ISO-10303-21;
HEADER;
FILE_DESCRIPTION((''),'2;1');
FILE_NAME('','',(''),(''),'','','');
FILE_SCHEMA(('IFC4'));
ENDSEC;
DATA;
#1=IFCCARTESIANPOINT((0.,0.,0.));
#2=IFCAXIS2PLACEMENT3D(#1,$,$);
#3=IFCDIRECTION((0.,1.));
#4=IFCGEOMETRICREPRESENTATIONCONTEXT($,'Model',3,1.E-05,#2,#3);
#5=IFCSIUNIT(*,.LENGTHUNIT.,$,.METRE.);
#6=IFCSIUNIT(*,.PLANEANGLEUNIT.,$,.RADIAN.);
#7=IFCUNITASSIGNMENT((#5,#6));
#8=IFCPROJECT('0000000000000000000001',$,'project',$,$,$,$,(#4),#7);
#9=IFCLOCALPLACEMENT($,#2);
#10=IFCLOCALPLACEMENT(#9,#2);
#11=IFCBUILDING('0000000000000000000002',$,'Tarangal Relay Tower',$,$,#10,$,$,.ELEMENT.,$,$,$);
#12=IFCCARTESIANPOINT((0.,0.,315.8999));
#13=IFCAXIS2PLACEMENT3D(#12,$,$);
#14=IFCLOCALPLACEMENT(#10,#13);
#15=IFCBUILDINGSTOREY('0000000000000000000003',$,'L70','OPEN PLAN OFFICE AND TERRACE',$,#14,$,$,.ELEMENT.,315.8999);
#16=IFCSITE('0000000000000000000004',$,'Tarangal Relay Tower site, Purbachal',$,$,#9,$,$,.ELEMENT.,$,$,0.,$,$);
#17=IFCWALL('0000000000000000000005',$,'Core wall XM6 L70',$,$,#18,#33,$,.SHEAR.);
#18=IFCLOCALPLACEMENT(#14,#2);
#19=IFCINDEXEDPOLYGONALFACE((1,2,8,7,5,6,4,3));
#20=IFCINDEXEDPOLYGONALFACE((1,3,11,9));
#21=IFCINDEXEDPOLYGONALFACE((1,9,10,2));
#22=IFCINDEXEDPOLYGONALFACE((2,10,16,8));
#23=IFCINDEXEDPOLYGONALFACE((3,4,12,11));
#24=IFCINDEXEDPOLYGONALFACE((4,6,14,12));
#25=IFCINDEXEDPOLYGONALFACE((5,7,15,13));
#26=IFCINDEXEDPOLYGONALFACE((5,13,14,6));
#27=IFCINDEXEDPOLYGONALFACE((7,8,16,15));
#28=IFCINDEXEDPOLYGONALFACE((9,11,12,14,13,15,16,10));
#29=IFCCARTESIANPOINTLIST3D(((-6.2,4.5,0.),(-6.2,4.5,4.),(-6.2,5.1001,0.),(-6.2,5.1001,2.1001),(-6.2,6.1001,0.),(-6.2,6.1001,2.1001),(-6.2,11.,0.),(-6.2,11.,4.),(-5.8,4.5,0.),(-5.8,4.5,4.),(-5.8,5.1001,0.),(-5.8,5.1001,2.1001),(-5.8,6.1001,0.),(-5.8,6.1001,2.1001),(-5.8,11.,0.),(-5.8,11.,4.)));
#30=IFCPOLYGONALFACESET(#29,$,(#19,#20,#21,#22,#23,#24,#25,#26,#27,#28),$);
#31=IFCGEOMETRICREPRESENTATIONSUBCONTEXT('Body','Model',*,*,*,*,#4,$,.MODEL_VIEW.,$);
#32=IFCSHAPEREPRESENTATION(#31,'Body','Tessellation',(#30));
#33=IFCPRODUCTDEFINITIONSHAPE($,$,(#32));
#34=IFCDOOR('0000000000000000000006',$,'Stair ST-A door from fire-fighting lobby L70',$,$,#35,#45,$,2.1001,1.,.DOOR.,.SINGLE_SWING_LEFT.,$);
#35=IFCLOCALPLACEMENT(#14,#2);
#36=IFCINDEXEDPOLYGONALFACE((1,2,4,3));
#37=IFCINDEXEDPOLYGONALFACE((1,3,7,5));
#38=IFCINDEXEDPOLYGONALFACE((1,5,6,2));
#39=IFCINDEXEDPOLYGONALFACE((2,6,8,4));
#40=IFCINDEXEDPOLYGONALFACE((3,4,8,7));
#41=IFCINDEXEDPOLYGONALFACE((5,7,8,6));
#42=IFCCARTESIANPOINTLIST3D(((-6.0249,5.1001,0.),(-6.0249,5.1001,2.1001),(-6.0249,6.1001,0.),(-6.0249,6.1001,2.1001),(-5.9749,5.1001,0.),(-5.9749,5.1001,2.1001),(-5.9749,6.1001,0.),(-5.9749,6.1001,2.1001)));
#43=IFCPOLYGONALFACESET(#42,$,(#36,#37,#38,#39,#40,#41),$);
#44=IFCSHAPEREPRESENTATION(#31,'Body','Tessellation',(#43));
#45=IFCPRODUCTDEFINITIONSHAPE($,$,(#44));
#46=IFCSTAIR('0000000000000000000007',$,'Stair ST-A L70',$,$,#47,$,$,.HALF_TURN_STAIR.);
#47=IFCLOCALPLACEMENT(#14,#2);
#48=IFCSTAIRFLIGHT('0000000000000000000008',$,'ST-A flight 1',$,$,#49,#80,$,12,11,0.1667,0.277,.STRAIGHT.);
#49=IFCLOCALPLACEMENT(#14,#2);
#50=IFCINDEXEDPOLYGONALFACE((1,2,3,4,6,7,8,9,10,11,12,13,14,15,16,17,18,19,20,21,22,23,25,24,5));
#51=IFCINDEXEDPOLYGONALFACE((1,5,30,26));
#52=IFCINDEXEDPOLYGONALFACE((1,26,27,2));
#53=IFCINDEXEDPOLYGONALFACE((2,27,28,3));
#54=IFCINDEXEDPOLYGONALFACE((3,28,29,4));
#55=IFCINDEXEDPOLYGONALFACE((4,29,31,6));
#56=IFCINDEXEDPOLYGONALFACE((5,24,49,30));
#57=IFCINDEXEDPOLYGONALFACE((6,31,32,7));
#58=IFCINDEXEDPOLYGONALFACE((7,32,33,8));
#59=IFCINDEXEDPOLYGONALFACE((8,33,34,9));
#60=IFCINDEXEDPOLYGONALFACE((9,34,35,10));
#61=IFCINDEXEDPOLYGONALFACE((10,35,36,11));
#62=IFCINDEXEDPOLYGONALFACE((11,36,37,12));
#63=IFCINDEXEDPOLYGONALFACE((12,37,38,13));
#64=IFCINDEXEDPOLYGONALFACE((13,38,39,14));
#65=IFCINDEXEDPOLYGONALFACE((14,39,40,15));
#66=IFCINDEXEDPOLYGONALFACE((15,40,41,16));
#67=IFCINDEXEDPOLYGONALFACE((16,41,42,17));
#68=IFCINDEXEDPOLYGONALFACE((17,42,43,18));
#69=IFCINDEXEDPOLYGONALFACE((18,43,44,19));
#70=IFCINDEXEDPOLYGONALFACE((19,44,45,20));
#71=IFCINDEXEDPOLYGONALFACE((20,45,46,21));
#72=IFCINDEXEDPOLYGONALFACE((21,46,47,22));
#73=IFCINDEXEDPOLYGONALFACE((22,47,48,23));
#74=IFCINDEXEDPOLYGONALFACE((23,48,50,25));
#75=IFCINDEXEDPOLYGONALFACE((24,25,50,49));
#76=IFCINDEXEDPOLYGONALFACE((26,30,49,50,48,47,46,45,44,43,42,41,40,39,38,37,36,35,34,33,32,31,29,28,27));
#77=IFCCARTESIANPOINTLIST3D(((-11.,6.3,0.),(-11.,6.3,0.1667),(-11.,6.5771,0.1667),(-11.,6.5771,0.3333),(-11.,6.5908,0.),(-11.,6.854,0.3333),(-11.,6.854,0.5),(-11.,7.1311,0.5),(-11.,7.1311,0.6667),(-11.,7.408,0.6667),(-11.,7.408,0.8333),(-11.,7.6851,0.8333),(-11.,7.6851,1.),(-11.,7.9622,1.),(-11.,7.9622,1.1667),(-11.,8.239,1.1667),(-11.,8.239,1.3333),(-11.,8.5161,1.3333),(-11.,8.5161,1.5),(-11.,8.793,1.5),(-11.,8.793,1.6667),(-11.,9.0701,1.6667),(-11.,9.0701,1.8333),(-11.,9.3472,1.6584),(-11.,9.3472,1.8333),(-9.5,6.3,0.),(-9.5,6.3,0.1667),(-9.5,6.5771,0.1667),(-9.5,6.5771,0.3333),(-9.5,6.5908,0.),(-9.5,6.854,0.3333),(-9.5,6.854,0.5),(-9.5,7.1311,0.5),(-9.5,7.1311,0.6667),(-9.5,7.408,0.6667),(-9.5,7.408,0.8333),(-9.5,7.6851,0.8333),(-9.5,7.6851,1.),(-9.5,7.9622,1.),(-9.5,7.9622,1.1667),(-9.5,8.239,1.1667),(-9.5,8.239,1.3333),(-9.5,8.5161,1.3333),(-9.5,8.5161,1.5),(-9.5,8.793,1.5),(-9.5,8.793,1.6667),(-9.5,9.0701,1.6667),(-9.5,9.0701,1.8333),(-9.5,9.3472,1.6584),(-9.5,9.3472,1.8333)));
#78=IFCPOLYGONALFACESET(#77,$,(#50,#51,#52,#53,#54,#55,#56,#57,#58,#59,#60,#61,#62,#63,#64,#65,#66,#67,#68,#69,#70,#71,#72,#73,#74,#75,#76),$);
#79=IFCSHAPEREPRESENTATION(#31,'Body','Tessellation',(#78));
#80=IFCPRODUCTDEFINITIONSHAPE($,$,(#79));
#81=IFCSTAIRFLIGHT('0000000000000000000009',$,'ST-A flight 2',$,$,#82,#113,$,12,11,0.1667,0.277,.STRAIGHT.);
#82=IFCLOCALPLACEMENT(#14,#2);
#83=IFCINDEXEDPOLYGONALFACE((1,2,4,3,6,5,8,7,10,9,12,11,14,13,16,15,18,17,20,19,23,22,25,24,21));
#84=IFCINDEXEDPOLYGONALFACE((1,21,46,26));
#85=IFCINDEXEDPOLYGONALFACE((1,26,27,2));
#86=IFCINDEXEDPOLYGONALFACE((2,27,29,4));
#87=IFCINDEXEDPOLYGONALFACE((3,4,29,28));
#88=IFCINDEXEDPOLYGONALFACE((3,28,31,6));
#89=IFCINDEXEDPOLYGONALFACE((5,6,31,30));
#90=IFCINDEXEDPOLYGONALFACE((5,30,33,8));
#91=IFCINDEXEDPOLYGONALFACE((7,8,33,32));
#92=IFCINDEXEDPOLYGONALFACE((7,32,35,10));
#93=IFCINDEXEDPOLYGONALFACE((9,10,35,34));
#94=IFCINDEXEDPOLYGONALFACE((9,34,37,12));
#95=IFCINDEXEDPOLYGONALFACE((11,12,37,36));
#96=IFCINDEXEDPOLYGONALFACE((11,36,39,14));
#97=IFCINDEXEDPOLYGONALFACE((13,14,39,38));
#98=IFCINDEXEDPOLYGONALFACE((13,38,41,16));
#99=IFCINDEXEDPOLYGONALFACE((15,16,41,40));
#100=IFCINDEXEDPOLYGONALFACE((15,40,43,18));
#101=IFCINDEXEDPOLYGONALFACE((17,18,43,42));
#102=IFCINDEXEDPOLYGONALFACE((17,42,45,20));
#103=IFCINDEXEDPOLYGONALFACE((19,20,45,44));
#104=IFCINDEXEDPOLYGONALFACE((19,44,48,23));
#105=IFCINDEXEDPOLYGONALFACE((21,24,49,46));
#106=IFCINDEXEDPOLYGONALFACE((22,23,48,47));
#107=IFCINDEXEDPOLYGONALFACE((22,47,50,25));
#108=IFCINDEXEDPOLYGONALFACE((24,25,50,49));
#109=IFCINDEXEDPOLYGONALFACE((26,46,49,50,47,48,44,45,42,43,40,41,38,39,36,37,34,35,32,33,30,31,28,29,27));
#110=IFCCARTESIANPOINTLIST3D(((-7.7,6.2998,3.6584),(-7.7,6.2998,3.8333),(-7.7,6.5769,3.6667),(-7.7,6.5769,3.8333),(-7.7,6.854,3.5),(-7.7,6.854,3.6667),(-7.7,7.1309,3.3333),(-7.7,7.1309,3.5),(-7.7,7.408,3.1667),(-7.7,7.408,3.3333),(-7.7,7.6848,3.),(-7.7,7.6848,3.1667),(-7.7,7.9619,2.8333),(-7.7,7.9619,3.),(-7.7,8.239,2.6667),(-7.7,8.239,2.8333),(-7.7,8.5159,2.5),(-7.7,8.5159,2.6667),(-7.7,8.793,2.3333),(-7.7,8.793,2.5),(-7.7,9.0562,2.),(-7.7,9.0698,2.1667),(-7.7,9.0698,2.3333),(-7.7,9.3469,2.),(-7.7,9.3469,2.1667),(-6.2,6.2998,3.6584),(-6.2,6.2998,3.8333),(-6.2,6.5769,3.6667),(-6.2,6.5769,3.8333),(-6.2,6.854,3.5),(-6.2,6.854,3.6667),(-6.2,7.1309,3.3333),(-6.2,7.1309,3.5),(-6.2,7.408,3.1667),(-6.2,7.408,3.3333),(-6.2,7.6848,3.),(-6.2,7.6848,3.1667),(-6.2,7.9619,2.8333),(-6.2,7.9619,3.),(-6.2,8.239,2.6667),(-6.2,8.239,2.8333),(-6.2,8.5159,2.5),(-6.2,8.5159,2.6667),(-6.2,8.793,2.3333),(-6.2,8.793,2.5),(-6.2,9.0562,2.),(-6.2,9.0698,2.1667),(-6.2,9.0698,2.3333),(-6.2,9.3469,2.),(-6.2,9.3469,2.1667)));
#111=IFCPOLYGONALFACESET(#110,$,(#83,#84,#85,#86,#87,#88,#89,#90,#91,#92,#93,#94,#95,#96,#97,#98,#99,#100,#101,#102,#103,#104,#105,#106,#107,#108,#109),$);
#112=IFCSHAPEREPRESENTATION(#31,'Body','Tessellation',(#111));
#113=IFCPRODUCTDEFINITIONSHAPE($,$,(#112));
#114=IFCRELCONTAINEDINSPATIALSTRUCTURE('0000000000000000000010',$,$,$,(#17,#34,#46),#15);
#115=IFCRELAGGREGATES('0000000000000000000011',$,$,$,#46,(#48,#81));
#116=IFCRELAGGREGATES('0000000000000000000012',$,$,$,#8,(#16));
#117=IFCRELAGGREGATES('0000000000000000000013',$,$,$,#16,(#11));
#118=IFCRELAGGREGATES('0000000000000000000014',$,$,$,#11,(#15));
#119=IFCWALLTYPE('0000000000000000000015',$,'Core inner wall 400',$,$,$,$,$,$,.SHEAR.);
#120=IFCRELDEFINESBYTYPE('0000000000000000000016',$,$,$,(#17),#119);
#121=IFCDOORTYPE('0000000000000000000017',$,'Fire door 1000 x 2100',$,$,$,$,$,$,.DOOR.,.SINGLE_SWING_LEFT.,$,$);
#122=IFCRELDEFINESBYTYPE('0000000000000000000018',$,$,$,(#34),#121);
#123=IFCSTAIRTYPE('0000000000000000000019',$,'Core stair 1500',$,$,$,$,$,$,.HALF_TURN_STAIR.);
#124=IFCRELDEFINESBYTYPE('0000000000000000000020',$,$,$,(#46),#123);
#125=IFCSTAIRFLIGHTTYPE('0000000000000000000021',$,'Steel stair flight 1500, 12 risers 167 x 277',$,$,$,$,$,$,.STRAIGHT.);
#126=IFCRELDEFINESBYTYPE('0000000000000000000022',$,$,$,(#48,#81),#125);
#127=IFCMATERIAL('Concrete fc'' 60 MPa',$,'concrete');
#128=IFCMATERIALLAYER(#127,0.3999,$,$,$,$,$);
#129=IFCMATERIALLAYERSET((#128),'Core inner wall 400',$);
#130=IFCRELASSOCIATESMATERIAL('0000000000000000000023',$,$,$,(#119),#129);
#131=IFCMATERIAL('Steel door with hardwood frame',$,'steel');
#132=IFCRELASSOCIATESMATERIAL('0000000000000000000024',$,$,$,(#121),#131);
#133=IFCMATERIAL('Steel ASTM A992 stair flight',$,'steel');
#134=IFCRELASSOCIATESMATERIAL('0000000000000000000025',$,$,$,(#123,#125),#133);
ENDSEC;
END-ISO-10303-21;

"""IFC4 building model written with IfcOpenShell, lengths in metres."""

from ifc_helpers import new_model, si_unit, direction, frame, frame_2d, origin, place, context, subcontext, project, spatial, polyline, rectangle, outline, extrude, material, layer, layer_set, type_object, element, fill, aggregate, save


model = new_model("IFC4")

# Units and contexts
model_context = context("Model", 3, precision=1e-05, world=origin(), true_north=direction((0.0, 1.0)))
body_context = subcontext(model_context, "Body", "Model", "MODEL_VIEW")
ifc_project = project(units=[si_unit("LENGTHUNIT", "METRE"), si_unit("PLANEANGLEUNIT", "RADIAN")], contexts=[model_context])

# Site, building, storey
site_placement = place(None, origin())
site = spatial("IfcSite", under=ifc_project, at=site_placement, Name="Tarangal Relay Tower site, Purbachal", CompositionType="ELEMENT", RefElevation=0.0)
building_placement = place(site_placement, origin())
building = spatial("IfcBuilding", under=site, at=building_placement, Name="Tarangal Relay Tower", CompositionType="ELEMENT")
storey_placement = place(building_placement, frame((0.0, 0.0, 315.8999)))
storey = spatial("IfcBuildingStorey", under=building, at=storey_placement, Name="L70", Description="OPEN PLAN OFFICE AND TERRACE", CompositionType="ELEMENT", Elevation=315.8999)

# Shared definitions
ifc_material_1 = material(Name="Concrete fc' 60 MPa", Category="concrete")
ifc_layer = layer(ifc_material_1, 0.3999)
ifc_layer_set = layer_set([ifc_layer], Name="Core inner wall 400")
wall_type = type_object("IfcWallType", Name="Core inner wall 400", PredefinedType="SHEAR", material=ifc_layer_set)
ifc_material_2 = material(Name="Steel door with hardwood frame", Category="steel")

# Wall, opening, door
wall_1_placement = place(storey_placement, frame((-6.0, 4.5, 0.0), z_axis=(0.0, 0.0, 1.0), x_axis=(0.0, 1.0, 0.0)))
wall_1 = element("IfcWall", 1, at=wall_1_placement, inside=storey, type_object=wall_type, Name="Core wall XM6 L70", PredefinedType="SHEAR", context=body_context, shape_type="SweptSolid", body=[
    extrude(rectangle(XDim=6.5, YDim=0.3999, at=frame_2d((3.25, 0.0))), origin(), (0.0, 0.0, 1.0), 4.0),
])
opening_1_placement = place(wall_1_placement, frame((0.6001, 0.0, 0.0)))
opening_1 = element("IfcOpeningElement", 2, at=opening_1_placement, cuts=wall_1, PredefinedType="OPENING", context=body_context, shape_type="SweptSolid", body=[
    extrude(rectangle(XDim=1.0, YDim=2.1001, at=frame_2d((0.5, 1.05))), frame((0.0, 0.21, 0.0), z_axis=(0.0, -1.0, 0.0), x_axis=(1.0, 0.0, 0.0)), (0.0, 0.0, 1.0), 0.4199),
])
door_type_1 = type_object("IfcDoorType", Name="Fire door 1000 x 2100", OperationType="SINGLE_SWING_LEFT", PredefinedType="DOOR", material=ifc_material_2)
door_1_placement = place(opening_1_placement, origin())
door_1 = element("IfcDoor", 3, at=door_1_placement, inside=storey, type_object=door_type_1, Name="Stair ST-A door from fire-fighting lobby L70", OperationType="SINGLE_SWING_LEFT", OverallHeight=2.1001, OverallWidth=1.0, PredefinedType="DOOR", context=body_context, shape_type="SweptSolid", body=[
    extrude(rectangle(XDim=1.0, YDim=2.1001, at=frame_2d((0.5, 1.05))), frame((0.0, 0.0249, 0.0), z_axis=(0.0, -1.0, 0.0), x_axis=(1.0, 0.0, 0.0)), (0.0, 0.0, 1.0), 0.05),
])
fill(opening_1, door_1)

# Stair, stair flights
ifc_material_3 = material(Name="Steel ASTM A992 stair flight", Category="steel")
stair_type = type_object("IfcStairType", Name="Core stair 1500", PredefinedType="HALF_TURN_STAIR", material=ifc_material_3)
stair_placement = place(storey_placement, origin())
stair = element("IfcStair", 4, at=stair_placement, inside=storey, type_object=stair_type, Name="Stair ST-A L70", PredefinedType="HALF_TURN_STAIR")
stair_flight_type = type_object("IfcStairFlightType", Name="Steel stair flight 1500, 12 risers 167 x 277", PredefinedType="STRAIGHT", material=ifc_material_3)
stair_flight_1_placement = place(storey_placement, frame((-10.25, 6.3, 0.0), z_axis=(0.0, 0.0, 1.0), x_axis=(0.0, 1.0, 0.0)))
stair_flight_1 = element("IfcStairFlight", 5, at=stair_flight_1_placement, type_object=stair_flight_type, Name="ST-A flight 1", NumberOfRisers=12, NumberOfTreads=11, PredefinedType="STRAIGHT", RiserHeight=0.1667, TreadLength=0.277, context=body_context, shape_type="SweptSolid", body=[
    extrude(outline(polyline([(0.0, 0.0), (0.0, 0.1667), (0.2771, 0.1667), (0.2771, 0.3333), (0.554, 0.3333), (0.554, 0.5), (0.8311, 0.5), (0.8311, 0.6667), (1.1079, 0.6667), (1.1079, 0.8333), (1.385, 0.8333), (1.385, 1.0), (1.6621, 1.0), (1.6621, 1.1667), (1.939, 1.1667), (1.939, 1.3333), (2.2161, 1.3333), (2.2161, 1.5), (2.4929, 1.5), (2.4929, 1.6667), (2.77, 1.6667), (2.77, 1.8333), (3.0471, 1.8333), (3.0471, 2.0), (3.0471, 1.6584), (0.2908, 0.0), (0.0, 0.0)])), frame((0.0, 0.75, 0.0), z_axis=(0.0, -1.0, 0.0), x_axis=(1.0, 0.0, 0.0)), (0.0, 0.0, 1.0), 1.5),
])
stair_flight_2_placement = place(storey_placement, frame((-6.95, 9.3469, 2.0), z_axis=(0.0, 0.0, 1.0), x_axis=(0.0, -1.0, 0.0)))
stair_flight_2 = element("IfcStairFlight", 6, at=stair_flight_2_placement, type_object=stair_flight_type, Name="ST-A flight 2", NumberOfRisers=12, NumberOfTreads=11, PredefinedType="STRAIGHT", RiserHeight=0.1667, TreadLength=0.277, context=body_context, shape_type="SweptSolid", body=[
    extrude(outline(polyline([(0.0, 0.0), (0.0, 0.1667), (0.2771, 0.1667), (0.2771, 0.3333), (0.554, 0.3333), (0.554, 0.5), (0.8311, 0.5), (0.8311, 0.6667), (1.1079, 0.6667), (1.1079, 0.8333), (1.385, 0.8333), (1.385, 1.0), (1.6621, 1.0), (1.6621, 1.1667), (1.939, 1.1667), (1.939, 1.3333), (2.2161, 1.3333), (2.2161, 1.5), (2.4929, 1.5), (2.4929, 1.6667), (2.77, 1.6667), (2.77, 1.8333), (3.0471, 1.8333), (3.0471, 2.0), (3.0471, 1.6584), (0.2908, 0.0), (0.0, 0.0)])), frame((0.0, 0.75, 0.0), z_axis=(0.0, -1.0, 0.0), x_axis=(1.0, 0.0, 0.0)), (0.0, 0.0, 1.0), 1.5),
])
aggregate(stair, [stair_flight_1, stair_flight_2])

save(model, "model.ifc")
